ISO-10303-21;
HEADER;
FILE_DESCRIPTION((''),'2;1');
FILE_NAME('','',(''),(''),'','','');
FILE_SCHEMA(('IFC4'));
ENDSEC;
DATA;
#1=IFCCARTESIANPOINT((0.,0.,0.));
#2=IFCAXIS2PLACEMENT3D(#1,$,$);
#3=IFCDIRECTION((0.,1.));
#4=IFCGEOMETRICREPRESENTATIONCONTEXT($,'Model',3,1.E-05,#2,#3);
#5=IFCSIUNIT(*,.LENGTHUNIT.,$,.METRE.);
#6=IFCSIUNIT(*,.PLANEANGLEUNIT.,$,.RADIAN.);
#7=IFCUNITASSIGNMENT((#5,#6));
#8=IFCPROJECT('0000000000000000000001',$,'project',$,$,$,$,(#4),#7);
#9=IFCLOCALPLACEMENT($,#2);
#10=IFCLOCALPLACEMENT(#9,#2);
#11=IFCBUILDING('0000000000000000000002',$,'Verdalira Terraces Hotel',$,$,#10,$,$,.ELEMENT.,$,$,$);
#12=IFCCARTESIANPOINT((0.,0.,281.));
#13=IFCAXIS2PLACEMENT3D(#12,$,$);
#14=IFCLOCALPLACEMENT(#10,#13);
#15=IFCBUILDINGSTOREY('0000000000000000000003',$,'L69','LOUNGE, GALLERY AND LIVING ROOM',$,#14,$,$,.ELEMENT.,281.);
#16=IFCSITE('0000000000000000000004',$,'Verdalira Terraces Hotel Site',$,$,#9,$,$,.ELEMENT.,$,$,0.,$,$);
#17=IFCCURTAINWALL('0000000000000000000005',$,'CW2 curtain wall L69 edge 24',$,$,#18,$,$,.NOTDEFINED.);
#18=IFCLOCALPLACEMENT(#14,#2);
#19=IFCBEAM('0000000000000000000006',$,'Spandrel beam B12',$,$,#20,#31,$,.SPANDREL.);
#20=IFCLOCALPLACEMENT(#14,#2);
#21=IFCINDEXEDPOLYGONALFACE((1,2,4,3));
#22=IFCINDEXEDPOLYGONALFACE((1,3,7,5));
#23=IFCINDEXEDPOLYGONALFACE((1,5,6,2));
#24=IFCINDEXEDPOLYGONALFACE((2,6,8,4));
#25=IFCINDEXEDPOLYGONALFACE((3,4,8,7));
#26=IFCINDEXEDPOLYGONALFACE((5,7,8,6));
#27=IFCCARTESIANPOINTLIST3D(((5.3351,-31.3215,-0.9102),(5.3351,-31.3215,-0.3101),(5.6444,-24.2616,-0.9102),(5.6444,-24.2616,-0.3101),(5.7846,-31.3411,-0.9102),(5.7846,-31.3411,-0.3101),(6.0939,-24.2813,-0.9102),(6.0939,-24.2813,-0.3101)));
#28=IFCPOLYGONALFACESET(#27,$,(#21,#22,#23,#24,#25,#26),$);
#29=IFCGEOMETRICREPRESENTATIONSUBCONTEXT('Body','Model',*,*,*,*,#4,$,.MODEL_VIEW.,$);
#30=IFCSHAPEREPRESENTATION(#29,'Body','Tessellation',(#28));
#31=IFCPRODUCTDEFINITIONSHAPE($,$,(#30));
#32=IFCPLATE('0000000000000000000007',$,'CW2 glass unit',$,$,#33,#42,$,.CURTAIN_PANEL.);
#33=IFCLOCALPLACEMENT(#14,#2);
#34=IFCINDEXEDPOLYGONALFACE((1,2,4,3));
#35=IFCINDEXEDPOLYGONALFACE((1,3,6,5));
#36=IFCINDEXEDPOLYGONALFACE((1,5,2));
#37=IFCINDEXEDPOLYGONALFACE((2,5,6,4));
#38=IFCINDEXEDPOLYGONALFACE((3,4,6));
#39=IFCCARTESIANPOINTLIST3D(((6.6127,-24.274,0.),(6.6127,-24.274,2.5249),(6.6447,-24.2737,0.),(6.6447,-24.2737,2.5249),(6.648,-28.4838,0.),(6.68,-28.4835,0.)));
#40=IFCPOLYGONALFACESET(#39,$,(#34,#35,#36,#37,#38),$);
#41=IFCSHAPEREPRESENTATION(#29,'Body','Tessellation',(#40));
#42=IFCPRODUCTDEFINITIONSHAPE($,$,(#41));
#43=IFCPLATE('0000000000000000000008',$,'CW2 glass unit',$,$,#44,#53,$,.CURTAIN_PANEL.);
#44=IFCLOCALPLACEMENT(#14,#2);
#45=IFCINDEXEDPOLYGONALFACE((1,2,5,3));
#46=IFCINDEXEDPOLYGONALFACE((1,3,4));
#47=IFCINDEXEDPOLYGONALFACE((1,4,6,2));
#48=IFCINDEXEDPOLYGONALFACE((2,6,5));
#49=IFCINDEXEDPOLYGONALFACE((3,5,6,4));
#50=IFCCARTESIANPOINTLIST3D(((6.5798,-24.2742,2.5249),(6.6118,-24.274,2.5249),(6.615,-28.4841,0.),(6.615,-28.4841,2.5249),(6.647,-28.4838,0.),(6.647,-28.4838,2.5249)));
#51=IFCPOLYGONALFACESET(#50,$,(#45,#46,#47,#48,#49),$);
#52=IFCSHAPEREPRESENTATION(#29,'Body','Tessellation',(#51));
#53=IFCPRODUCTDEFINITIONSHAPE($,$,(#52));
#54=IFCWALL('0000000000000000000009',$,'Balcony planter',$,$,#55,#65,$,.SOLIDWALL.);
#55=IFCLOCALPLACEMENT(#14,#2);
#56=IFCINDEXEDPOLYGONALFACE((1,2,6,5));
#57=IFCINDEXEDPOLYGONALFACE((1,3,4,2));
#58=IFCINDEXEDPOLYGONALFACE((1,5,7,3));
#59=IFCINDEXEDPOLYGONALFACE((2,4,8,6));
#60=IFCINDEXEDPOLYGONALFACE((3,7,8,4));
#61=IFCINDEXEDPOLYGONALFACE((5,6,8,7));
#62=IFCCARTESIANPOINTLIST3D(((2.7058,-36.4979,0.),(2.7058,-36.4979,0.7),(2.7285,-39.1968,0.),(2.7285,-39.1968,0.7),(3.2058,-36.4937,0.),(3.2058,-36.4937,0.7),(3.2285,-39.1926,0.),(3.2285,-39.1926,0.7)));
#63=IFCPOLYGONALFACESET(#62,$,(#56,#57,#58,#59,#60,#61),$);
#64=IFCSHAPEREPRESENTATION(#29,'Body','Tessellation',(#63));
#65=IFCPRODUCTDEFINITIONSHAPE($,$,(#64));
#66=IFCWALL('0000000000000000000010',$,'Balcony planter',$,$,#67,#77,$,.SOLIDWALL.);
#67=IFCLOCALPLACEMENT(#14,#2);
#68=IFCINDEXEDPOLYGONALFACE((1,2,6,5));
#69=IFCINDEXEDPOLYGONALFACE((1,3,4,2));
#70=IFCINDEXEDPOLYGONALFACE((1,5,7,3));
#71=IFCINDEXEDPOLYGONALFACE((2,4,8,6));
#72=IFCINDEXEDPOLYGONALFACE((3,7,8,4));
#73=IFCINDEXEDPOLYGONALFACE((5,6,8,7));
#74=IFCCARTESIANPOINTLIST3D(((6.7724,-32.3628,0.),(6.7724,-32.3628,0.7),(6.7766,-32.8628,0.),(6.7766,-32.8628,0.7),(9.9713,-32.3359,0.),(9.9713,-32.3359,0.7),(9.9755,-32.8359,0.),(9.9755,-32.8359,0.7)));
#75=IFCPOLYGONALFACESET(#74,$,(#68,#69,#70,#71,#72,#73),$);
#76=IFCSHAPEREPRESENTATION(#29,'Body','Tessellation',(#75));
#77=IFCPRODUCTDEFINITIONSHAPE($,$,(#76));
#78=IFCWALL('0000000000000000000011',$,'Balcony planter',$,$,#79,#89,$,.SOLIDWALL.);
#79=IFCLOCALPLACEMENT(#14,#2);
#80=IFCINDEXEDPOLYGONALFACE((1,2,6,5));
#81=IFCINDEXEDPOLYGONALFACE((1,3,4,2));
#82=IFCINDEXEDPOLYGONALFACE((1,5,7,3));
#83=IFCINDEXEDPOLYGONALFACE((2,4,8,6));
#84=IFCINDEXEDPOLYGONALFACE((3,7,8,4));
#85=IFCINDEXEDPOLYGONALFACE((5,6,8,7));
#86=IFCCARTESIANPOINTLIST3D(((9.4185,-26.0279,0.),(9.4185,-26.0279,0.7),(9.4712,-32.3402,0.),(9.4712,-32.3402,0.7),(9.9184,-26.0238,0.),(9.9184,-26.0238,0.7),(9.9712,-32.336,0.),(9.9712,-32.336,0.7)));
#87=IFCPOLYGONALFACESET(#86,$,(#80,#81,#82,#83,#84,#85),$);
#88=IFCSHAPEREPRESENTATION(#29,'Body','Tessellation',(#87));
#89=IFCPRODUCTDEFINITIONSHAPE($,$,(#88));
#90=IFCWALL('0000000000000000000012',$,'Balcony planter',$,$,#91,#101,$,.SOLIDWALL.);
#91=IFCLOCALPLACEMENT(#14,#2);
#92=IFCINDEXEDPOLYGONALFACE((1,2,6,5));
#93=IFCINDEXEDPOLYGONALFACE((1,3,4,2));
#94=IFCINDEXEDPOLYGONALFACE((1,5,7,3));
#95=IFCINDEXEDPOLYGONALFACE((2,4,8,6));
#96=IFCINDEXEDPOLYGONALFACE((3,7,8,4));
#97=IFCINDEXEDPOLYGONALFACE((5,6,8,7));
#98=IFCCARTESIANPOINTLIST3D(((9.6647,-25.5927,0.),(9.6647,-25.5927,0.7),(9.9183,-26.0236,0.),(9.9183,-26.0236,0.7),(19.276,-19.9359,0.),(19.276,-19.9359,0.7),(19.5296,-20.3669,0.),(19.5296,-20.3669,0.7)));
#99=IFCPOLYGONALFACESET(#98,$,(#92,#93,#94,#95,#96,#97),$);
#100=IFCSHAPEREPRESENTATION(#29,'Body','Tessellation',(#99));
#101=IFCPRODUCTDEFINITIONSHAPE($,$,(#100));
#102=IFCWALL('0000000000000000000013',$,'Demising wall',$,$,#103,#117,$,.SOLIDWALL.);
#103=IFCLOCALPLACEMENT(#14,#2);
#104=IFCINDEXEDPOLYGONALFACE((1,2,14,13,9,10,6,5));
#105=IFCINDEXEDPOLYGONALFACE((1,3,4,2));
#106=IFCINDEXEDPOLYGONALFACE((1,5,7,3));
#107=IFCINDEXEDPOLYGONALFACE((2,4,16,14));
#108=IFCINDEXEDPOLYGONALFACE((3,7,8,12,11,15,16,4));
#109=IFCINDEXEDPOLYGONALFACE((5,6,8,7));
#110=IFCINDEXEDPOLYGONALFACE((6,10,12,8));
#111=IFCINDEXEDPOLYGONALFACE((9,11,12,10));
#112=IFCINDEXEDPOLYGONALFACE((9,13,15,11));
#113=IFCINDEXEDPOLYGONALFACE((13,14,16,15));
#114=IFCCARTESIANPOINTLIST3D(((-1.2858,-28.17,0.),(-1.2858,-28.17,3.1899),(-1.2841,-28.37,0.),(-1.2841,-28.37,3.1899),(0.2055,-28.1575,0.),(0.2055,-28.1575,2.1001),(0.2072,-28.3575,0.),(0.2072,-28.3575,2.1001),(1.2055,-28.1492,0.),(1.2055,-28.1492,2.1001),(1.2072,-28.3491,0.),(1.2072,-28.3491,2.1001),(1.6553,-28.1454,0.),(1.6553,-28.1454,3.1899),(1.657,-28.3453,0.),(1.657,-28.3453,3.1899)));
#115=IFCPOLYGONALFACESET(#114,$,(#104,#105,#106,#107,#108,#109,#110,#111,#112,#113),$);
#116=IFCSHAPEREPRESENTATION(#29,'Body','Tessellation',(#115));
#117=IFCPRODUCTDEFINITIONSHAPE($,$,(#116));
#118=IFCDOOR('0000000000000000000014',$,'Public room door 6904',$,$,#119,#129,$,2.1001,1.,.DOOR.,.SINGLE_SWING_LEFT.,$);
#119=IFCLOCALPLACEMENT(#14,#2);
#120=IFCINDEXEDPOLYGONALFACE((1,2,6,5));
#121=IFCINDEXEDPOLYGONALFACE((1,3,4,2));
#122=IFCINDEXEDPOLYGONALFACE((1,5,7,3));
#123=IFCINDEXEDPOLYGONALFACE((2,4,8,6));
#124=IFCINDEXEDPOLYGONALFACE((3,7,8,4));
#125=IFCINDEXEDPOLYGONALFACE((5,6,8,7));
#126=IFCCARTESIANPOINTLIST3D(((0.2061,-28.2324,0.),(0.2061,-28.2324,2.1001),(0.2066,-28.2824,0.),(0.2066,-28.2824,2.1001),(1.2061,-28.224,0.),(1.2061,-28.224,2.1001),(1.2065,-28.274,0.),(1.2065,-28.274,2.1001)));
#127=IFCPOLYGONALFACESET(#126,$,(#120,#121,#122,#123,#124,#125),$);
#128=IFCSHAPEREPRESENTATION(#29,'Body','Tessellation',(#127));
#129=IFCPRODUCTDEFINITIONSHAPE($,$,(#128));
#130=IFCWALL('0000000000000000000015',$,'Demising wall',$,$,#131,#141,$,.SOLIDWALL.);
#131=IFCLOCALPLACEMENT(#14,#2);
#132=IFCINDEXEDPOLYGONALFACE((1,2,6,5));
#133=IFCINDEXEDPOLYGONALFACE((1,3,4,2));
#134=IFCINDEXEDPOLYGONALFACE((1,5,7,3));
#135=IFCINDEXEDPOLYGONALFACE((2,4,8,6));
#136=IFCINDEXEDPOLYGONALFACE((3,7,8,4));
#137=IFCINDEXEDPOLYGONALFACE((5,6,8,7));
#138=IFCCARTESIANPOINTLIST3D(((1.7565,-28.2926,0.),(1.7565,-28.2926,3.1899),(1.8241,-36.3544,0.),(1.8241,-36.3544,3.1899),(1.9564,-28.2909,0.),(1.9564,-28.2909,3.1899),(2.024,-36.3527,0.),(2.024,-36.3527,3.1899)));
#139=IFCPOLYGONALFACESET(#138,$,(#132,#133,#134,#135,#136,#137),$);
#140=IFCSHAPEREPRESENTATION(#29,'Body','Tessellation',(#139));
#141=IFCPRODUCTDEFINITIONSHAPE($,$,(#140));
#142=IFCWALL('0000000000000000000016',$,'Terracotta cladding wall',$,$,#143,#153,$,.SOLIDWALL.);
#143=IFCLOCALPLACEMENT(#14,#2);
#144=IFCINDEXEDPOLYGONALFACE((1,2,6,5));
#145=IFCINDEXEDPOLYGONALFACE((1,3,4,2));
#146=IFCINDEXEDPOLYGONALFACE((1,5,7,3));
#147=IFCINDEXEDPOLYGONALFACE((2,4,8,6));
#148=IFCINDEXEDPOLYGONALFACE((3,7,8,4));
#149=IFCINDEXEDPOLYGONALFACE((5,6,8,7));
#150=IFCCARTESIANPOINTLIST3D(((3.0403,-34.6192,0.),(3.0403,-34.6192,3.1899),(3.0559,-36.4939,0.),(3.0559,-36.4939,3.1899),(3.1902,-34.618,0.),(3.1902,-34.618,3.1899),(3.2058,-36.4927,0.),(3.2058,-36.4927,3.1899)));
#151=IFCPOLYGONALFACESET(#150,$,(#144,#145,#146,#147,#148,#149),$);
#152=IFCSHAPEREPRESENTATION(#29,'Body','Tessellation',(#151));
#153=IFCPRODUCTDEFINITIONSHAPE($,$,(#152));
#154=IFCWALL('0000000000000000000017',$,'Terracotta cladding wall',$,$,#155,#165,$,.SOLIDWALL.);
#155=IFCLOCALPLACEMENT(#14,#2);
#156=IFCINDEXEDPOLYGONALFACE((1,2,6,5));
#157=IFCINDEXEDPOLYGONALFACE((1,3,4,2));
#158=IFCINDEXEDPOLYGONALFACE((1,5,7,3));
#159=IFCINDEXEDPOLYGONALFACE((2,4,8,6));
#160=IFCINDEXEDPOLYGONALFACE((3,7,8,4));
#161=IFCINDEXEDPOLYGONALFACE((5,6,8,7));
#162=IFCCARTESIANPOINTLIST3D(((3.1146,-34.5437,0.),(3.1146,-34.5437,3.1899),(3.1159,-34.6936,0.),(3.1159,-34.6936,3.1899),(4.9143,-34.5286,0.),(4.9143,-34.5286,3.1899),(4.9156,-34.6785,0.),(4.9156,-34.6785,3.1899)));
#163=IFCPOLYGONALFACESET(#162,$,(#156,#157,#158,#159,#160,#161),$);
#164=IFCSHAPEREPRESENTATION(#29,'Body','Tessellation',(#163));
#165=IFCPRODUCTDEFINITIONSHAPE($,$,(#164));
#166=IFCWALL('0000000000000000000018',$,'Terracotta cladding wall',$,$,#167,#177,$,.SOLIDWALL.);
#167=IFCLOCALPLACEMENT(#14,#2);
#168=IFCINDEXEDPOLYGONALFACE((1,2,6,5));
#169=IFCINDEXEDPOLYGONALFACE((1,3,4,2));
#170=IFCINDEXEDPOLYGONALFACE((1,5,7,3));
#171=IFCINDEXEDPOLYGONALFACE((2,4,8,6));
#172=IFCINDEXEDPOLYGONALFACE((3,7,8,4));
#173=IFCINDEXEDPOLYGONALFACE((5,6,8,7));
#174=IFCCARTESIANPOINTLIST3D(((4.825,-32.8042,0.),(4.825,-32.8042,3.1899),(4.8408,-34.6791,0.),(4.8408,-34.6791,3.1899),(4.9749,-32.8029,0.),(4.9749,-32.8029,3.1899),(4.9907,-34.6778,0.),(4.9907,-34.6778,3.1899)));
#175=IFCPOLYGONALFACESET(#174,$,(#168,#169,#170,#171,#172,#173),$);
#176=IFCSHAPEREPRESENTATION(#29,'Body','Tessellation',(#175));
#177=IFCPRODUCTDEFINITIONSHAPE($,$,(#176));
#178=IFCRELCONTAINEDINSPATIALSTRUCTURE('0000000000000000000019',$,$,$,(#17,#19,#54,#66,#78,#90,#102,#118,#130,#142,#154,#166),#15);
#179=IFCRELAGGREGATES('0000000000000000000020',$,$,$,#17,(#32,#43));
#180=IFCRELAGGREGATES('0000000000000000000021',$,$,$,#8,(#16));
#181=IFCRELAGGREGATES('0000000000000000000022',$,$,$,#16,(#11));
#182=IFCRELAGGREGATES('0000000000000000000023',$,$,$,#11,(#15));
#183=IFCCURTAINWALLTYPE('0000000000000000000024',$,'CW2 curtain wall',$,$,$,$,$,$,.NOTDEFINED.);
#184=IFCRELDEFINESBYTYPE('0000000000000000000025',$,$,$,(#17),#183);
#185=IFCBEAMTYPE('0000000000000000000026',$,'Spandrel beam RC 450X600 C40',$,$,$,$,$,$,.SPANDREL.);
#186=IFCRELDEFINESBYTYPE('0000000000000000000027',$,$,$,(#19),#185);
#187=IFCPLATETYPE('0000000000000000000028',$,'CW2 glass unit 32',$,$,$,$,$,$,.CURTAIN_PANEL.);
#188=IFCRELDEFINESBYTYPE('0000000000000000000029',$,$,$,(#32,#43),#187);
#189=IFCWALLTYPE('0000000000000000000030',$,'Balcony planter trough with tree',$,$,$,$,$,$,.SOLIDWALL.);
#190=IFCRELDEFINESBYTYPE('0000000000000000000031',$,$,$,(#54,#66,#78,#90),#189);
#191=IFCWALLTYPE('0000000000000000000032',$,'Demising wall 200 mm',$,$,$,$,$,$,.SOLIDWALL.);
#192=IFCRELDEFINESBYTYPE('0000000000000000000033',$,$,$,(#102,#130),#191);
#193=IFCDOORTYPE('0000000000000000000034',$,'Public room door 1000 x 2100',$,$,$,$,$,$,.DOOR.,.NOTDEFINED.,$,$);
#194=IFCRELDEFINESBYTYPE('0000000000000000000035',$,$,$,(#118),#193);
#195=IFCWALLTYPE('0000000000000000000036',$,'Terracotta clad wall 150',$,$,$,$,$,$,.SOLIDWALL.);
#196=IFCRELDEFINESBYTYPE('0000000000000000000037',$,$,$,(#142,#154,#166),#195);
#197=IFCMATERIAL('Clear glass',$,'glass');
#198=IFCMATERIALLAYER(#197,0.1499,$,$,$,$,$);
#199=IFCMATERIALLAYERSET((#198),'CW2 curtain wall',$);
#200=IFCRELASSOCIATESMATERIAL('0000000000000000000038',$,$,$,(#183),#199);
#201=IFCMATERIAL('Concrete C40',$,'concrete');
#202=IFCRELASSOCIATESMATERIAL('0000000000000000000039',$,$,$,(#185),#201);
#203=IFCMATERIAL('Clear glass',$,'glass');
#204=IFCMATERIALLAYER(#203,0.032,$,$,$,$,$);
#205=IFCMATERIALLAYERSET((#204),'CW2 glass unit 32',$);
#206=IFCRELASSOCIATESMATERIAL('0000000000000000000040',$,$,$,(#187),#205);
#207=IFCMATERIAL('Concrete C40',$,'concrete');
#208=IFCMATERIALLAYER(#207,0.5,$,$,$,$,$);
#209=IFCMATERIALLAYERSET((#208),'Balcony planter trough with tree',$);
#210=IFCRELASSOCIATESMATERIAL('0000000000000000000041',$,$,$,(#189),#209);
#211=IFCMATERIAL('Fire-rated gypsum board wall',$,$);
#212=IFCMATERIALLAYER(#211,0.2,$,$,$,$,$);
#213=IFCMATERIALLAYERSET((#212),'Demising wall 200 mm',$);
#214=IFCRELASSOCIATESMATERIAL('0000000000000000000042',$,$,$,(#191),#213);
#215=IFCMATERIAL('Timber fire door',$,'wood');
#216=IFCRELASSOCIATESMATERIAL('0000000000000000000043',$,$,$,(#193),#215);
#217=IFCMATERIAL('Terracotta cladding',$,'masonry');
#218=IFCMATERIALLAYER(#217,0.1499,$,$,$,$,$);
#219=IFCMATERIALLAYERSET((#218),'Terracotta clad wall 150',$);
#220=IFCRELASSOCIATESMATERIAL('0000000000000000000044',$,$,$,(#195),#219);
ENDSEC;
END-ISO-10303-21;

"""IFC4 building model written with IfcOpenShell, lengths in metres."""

from ifc_helpers import new_model, si_unit, direction, frame, frame_2d, origin, origin_2d, place, context, subcontext, project, spatial, polyline, rectangle, outline, extrude, material, layer, layer_set, material_profile, profile_set, type_object, element, fill, aggregate, save


model = new_model("IFC4")

# Units and contexts
model_context = context("Model", 3, precision=1e-05, world=origin(), true_north=direction((0.0, 1.0)))
body_context = subcontext(model_context, "Body", "Model", "MODEL_VIEW")
ifc_project = project(units=[si_unit("LENGTHUNIT", "METRE"), si_unit("PLANEANGLEUNIT", "RADIAN")], contexts=[model_context])

# Site, building, storey
site_placement = place(None, origin())
site = spatial("IfcSite", under=ifc_project, at=site_placement, Name="Verdalira Terraces Hotel Site", CompositionType="ELEMENT", RefElevation=0.0)
building_placement = place(site_placement, origin())
building = spatial("IfcBuilding", under=site, at=building_placement, Name="Verdalira Terraces Hotel", CompositionType="ELEMENT")
storey_placement = place(building_placement, frame((0.0, 0.0, 281.0)))
storey = spatial("IfcBuildingStorey", under=building, at=storey_placement, Name="L69", Description="LOUNGE, GALLERY AND LIVING ROOM", CompositionType="ELEMENT", Elevation=281.0)

# Curtain wall
ifc_material_1 = material(Name="Clear glass", Category="glass")
ifc_layer_1 = layer(ifc_material_1, 0.1499)
ifc_layer_set_1 = layer_set([ifc_layer_1], Name="CW2 curtain wall")
curtain_wall_type_1 = type_object("IfcCurtainWallType", Name="CW2 curtain wall", PredefinedType="NOTDEFINED", material=ifc_layer_set_1)
curtain_wall_1_placement = place(storey_placement, origin())
curtain_wall_1 = element("IfcCurtainWall", 1, at=curtain_wall_1_placement, inside=storey, type_object=curtain_wall_type_1, Name="CW2 curtain wall L69 edge 24", PredefinedType="NOTDEFINED")

# Beam
ifc_material_2 = material(Name="Concrete C40", Category="concrete")
ifc_material_profile_1 = material_profile(ifc_material_2, rectangle(XDim=0.45, YDim=0.6001, at=origin_2d()), Name="RC 450X600")
ifc_profile_set_1 = profile_set([ifc_material_profile_1], Name="Concrete C40")
beam_type_1 = type_object("IfcBeamType", Name="Spandrel beam RC 450X600 C40", PredefinedType="SPANDREL", material=ifc_profile_set_1)
beam_1_placement = place(storey_placement, frame((5.5598, -31.3313, -0.6101), z_axis=(0.043773, 0.999042, 0.0), x_axis=(-0.999042, 0.043773, 0.0)))
element("IfcBeam", 2, at=beam_1_placement, inside=storey, type_object=beam_type_1, Name="Spandrel beam B12", PredefinedType="SPANDREL", context=body_context, shape_type="SweptSolid", body=[
    extrude(rectangle(XDim=0.45, YDim=0.6001, at=origin_2d()), origin(), (0.0, 0.0, 1.0), 7.0667),
])

# Plates
ifc_material_3 = material(Name="Clear glass", Category="glass")
ifc_layer_2 = layer(ifc_material_3, 0.032)
ifc_layer_set_2 = layer_set([ifc_layer_2], Name="CW2 glass unit 32")
plate_type = type_object("IfcPlateType", Name="CW2 glass unit 32", PredefinedType="CURTAIN_PANEL", material=ifc_layer_set_2)
plate_1_placement = place(storey_placement, frame((6.6304, -26.3789, 1.2625), z_axis=(0.999965, 0.008377, 0.0), x_axis=(-0.008377, 0.999965, 0.0)))
plate_1 = element("IfcPlate", 3, at=plate_1_placement, type_object=plate_type, Name="CW2 glass unit", PredefinedType="CURTAIN_PANEL", context=body_context, shape_type="SweptSolid", body=[
    extrude(outline(polyline([(-2.105, -1.2625), (2.105, -1.2625), (2.105, 1.2625), (-2.105, -1.2625)])), origin(), (0.0, 0.0, 1.0), 0.032),
])
plate_2_placement = place(storey_placement, frame((6.5974, -26.3791, 1.2625), z_axis=(0.999965, 0.008377, 0.0), x_axis=(-0.008377, 0.999965, 0.0)))
plate_2 = element("IfcPlate", 4, at=plate_2_placement, type_object=plate_type, Name="CW2 glass unit", PredefinedType="CURTAIN_PANEL", context=body_context, shape_type="SweptSolid", body=[
    extrude(outline(polyline([(-2.105, -1.2625), (2.105, 1.2625), (-2.105, 1.2625), (-2.105, -1.2625)])), origin(), (0.0, 0.0, 1.0), 0.032),
])
aggregate(curtain_wall_1, [plate_1, plate_2])

# Walls
ifc_material_4 = material(Name="Concrete C40", Category="concrete")
ifc_layer_3 = layer(ifc_material_4, 0.5)
ifc_layer_set_3 = layer_set([ifc_layer_3], Name="Balcony planter trough with tree")
wall_type_1 = type_object("IfcWallType", Name="Balcony planter trough with tree", PredefinedType="SOLIDWALL", material=ifc_layer_set_3)
wall_1_placement = place(storey_placement, frame((2.9785, -39.1948, 0.0), z_axis=(0.0, 0.0, 1.0), x_axis=(-0.008412, 0.999965, 0.0)))
element("IfcWall", 5, at=wall_1_placement, inside=storey, type_object=wall_type_1, Name="Balcony planter", PredefinedType="SOLIDWALL", context=body_context, shape_type="SweptSolid", body=[
    extrude(rectangle(XDim=2.699, YDim=0.5, at=frame_2d((1.3496, 0.0))), origin(), (0.0, 0.0, 1.0), 0.7),
])
wall_2_placement = place(storey_placement, frame((6.7744, -32.6128, 0.0), z_axis=(0.0, 0.0, 1.0), x_axis=(0.999965, 0.008395, 0.0)))
element("IfcWall", 6, at=wall_2_placement, inside=storey, type_object=wall_type_1, Name="Balcony planter", PredefinedType="SOLIDWALL", context=body_context, shape_type="SweptSolid", body=[
    extrude(rectangle(XDim=3.199, YDim=0.5, at=frame_2d((1.5996, 0.0))), origin(), (0.0, 0.0, 1.0), 0.7),
])
wall_3_placement = place(storey_placement, frame((9.7212, -32.3381, 0.0), z_axis=(0.0, 0.0, 1.0), x_axis=(-0.008354, 0.999965, 0.0)))
element("IfcWall", 7, at=wall_3_placement, inside=storey, type_object=wall_type_1, Name="Balcony planter", PredefinedType="SOLIDWALL", context=body_context, shape_type="SweptSolid", body=[
    extrude(rectangle(XDim=6.3125, YDim=0.5, at=frame_2d((3.1562, 0.0))), origin(), (0.0, 0.0, 1.0), 0.7),
])
wall_4_placement = place(storey_placement, frame((9.7915, -25.8081, 0.0), z_axis=(0.0, 0.0, 1.0), x_axis=(0.861816, 0.507221, 0.0)))
element("IfcWall", 8, at=wall_4_placement, inside=storey, type_object=wall_type_1, Name="Balcony planter", PredefinedType="SOLIDWALL", context=body_context, shape_type="SweptSolid", body=[
    extrude(rectangle(XDim=11.1523, YDim=0.5, at=frame_2d((5.5762, 0.0))), origin(), (0.0, 0.0, 1.0), 0.7),
])

# Wall, opening, door
ifc_material_5 = material(Name="Fire-rated gypsum board wall")
ifc_layer_4 = layer(ifc_material_5, 0.2)
ifc_layer_set_4 = layer_set([ifc_layer_4], Name="Demising wall 200 mm")
wall_type_2 = type_object("IfcWallType", Name="Demising wall 200 mm", PredefinedType="SOLIDWALL", material=ifc_layer_set_4)
wall_5_placement = place(storey_placement, frame((1.6562, -28.2454, 0.0), z_axis=(0.0, 0.0, 1.0), x_axis=(-0.999965, -0.008384, 0.0)))
wall_5 = element("IfcWall", 9, at=wall_5_placement, inside=storey, type_object=wall_type_2, Name="Demising wall", PredefinedType="SOLIDWALL", context=body_context, shape_type="SweptSolid", body=[
    extrude(rectangle(XDim=2.9412, YDim=0.2, at=frame_2d((1.4707, 0.0))), origin(), (0.0, 0.0, 1.0), 3.1899),
])
opening_1_placement = place(wall_5_placement, frame((0.45, 0.0, 0.0)))
opening_1 = element("IfcOpeningElement", 10, at=opening_1_placement, cuts=wall_5, PredefinedType="OPENING", context=body_context, shape_type="SweptSolid", body=[
    extrude(rectangle(XDim=1.0, YDim=2.1001, at=frame_2d((0.5, 1.05))), frame((0.0, 0.1099, 0.0), z_axis=(0.0, -1.0, 0.0), x_axis=(1.0, 0.0, 0.0)), (0.0, 0.0, 1.0), 0.22),
])
ifc_material_6 = material(Name="Timber fire door", Category="wood")
door_type_1 = type_object("IfcDoorType", Name="Public room door 1000 x 2100", OperationType="NOTDEFINED", PredefinedType="DOOR", material=ifc_material_6)
door_1_placement = place(opening_1_placement, origin())
door_1 = element("IfcDoor", 11, at=door_1_placement, inside=storey, type_object=door_type_1, Name="Public room door 6904", OperationType="SINGLE_SWING_LEFT", OverallHeight=2.1001, OverallWidth=1.0, PredefinedType="DOOR", context=body_context, shape_type="SweptSolid", body=[
    extrude(rectangle(XDim=1.0, YDim=2.1001, at=frame_2d((0.5, 1.05))), frame((0.0, 0.0249, 0.0), z_axis=(0.0, -1.0, 0.0), x_axis=(1.0, 0.0, 0.0)), (0.0, 0.0, 1.0), 0.05),
])
fill(opening_1, door_1)

# Walls
wall_6_placement = place(storey_placement, frame((1.9241, -36.3535, 0.0), z_axis=(0.0, 0.0, 1.0), x_axis=(-0.008388, 0.999965, 0.0)))
element("IfcWall", 12, at=wall_6_placement, inside=storey, type_object=wall_type_2, Name="Demising wall", PredefinedType="SOLIDWALL", context=body_context, shape_type="SweptSolid", body=[
    extrude(rectangle(XDim=8.062, YDim=0.2, at=frame_2d((4.031, 0.0))), origin(), (0.0, 0.0, 1.0), 3.1899),
])
ifc_material_7 = material(Name="Terracotta cladding", Category="masonry")
ifc_layer_5 = layer(ifc_material_7, 0.1499)
ifc_layer_set_5 = layer_set([ifc_layer_5], Name="Terracotta clad wall 150")
wall_type_3 = type_object("IfcWallType", Name="Terracotta clad wall 150", PredefinedType="SOLIDWALL", material=ifc_layer_set_5)
wall_7_placement = place(storey_placement, frame((3.1309, -36.4934, 0.0), z_axis=(0.0, 0.0, 1.0), x_axis=(-0.008334, 0.999965, 0.0)))
element("IfcWall", 13, at=wall_7_placement, inside=storey, type_object=wall_type_3, Name="Terracotta cladding wall", PredefinedType="SOLIDWALL", context=body_context, shape_type="SweptSolid", body=[
    extrude(rectangle(XDim=1.8748, YDim=0.1499, at=frame_2d((0.9375, 0.0))), origin(), (0.0, 0.0, 1.0), 3.1899),
])
wall_8_placement = place(storey_placement, frame((3.1152, -34.6187, 0.0), z_axis=(0.0, 0.0, 1.0), x_axis=(0.999965, 0.00841, 0.0)))
element("IfcWall", 14, at=wall_8_placement, inside=storey, type_object=wall_type_3, Name="Terracotta cladding wall", PredefinedType="SOLIDWALL", context=body_context, shape_type="SweptSolid", body=[
    extrude(rectangle(XDim=1.7998, YDim=0.1499, at=frame_2d((0.8999, 0.0))), origin(), (0.0, 0.0, 1.0), 3.1899),
])
for number, where, z_axis, x_axis, name in (
    (15, (4.9158, -34.6785, 0.0), (0.0, 0.0, 1.0), (-0.008463, 0.999964, 0.0), "Terracotta cladding wall"),
):
    element("IfcWall", number, at=place(storey_placement, frame(where, z_axis=z_axis, x_axis=x_axis)), inside=storey, type_object=wall_type_3, Name=name, PredefinedType="SOLIDWALL", context=body_context, shape_type="SweptSolid", body=[
        extrude(rectangle(XDim=1.875, YDim=0.1499, at=frame_2d((0.9375, 0.0))), origin(), (0.0, 0.0, 1.0), 3.1899),
    ])

save(model, "model.ifc")
